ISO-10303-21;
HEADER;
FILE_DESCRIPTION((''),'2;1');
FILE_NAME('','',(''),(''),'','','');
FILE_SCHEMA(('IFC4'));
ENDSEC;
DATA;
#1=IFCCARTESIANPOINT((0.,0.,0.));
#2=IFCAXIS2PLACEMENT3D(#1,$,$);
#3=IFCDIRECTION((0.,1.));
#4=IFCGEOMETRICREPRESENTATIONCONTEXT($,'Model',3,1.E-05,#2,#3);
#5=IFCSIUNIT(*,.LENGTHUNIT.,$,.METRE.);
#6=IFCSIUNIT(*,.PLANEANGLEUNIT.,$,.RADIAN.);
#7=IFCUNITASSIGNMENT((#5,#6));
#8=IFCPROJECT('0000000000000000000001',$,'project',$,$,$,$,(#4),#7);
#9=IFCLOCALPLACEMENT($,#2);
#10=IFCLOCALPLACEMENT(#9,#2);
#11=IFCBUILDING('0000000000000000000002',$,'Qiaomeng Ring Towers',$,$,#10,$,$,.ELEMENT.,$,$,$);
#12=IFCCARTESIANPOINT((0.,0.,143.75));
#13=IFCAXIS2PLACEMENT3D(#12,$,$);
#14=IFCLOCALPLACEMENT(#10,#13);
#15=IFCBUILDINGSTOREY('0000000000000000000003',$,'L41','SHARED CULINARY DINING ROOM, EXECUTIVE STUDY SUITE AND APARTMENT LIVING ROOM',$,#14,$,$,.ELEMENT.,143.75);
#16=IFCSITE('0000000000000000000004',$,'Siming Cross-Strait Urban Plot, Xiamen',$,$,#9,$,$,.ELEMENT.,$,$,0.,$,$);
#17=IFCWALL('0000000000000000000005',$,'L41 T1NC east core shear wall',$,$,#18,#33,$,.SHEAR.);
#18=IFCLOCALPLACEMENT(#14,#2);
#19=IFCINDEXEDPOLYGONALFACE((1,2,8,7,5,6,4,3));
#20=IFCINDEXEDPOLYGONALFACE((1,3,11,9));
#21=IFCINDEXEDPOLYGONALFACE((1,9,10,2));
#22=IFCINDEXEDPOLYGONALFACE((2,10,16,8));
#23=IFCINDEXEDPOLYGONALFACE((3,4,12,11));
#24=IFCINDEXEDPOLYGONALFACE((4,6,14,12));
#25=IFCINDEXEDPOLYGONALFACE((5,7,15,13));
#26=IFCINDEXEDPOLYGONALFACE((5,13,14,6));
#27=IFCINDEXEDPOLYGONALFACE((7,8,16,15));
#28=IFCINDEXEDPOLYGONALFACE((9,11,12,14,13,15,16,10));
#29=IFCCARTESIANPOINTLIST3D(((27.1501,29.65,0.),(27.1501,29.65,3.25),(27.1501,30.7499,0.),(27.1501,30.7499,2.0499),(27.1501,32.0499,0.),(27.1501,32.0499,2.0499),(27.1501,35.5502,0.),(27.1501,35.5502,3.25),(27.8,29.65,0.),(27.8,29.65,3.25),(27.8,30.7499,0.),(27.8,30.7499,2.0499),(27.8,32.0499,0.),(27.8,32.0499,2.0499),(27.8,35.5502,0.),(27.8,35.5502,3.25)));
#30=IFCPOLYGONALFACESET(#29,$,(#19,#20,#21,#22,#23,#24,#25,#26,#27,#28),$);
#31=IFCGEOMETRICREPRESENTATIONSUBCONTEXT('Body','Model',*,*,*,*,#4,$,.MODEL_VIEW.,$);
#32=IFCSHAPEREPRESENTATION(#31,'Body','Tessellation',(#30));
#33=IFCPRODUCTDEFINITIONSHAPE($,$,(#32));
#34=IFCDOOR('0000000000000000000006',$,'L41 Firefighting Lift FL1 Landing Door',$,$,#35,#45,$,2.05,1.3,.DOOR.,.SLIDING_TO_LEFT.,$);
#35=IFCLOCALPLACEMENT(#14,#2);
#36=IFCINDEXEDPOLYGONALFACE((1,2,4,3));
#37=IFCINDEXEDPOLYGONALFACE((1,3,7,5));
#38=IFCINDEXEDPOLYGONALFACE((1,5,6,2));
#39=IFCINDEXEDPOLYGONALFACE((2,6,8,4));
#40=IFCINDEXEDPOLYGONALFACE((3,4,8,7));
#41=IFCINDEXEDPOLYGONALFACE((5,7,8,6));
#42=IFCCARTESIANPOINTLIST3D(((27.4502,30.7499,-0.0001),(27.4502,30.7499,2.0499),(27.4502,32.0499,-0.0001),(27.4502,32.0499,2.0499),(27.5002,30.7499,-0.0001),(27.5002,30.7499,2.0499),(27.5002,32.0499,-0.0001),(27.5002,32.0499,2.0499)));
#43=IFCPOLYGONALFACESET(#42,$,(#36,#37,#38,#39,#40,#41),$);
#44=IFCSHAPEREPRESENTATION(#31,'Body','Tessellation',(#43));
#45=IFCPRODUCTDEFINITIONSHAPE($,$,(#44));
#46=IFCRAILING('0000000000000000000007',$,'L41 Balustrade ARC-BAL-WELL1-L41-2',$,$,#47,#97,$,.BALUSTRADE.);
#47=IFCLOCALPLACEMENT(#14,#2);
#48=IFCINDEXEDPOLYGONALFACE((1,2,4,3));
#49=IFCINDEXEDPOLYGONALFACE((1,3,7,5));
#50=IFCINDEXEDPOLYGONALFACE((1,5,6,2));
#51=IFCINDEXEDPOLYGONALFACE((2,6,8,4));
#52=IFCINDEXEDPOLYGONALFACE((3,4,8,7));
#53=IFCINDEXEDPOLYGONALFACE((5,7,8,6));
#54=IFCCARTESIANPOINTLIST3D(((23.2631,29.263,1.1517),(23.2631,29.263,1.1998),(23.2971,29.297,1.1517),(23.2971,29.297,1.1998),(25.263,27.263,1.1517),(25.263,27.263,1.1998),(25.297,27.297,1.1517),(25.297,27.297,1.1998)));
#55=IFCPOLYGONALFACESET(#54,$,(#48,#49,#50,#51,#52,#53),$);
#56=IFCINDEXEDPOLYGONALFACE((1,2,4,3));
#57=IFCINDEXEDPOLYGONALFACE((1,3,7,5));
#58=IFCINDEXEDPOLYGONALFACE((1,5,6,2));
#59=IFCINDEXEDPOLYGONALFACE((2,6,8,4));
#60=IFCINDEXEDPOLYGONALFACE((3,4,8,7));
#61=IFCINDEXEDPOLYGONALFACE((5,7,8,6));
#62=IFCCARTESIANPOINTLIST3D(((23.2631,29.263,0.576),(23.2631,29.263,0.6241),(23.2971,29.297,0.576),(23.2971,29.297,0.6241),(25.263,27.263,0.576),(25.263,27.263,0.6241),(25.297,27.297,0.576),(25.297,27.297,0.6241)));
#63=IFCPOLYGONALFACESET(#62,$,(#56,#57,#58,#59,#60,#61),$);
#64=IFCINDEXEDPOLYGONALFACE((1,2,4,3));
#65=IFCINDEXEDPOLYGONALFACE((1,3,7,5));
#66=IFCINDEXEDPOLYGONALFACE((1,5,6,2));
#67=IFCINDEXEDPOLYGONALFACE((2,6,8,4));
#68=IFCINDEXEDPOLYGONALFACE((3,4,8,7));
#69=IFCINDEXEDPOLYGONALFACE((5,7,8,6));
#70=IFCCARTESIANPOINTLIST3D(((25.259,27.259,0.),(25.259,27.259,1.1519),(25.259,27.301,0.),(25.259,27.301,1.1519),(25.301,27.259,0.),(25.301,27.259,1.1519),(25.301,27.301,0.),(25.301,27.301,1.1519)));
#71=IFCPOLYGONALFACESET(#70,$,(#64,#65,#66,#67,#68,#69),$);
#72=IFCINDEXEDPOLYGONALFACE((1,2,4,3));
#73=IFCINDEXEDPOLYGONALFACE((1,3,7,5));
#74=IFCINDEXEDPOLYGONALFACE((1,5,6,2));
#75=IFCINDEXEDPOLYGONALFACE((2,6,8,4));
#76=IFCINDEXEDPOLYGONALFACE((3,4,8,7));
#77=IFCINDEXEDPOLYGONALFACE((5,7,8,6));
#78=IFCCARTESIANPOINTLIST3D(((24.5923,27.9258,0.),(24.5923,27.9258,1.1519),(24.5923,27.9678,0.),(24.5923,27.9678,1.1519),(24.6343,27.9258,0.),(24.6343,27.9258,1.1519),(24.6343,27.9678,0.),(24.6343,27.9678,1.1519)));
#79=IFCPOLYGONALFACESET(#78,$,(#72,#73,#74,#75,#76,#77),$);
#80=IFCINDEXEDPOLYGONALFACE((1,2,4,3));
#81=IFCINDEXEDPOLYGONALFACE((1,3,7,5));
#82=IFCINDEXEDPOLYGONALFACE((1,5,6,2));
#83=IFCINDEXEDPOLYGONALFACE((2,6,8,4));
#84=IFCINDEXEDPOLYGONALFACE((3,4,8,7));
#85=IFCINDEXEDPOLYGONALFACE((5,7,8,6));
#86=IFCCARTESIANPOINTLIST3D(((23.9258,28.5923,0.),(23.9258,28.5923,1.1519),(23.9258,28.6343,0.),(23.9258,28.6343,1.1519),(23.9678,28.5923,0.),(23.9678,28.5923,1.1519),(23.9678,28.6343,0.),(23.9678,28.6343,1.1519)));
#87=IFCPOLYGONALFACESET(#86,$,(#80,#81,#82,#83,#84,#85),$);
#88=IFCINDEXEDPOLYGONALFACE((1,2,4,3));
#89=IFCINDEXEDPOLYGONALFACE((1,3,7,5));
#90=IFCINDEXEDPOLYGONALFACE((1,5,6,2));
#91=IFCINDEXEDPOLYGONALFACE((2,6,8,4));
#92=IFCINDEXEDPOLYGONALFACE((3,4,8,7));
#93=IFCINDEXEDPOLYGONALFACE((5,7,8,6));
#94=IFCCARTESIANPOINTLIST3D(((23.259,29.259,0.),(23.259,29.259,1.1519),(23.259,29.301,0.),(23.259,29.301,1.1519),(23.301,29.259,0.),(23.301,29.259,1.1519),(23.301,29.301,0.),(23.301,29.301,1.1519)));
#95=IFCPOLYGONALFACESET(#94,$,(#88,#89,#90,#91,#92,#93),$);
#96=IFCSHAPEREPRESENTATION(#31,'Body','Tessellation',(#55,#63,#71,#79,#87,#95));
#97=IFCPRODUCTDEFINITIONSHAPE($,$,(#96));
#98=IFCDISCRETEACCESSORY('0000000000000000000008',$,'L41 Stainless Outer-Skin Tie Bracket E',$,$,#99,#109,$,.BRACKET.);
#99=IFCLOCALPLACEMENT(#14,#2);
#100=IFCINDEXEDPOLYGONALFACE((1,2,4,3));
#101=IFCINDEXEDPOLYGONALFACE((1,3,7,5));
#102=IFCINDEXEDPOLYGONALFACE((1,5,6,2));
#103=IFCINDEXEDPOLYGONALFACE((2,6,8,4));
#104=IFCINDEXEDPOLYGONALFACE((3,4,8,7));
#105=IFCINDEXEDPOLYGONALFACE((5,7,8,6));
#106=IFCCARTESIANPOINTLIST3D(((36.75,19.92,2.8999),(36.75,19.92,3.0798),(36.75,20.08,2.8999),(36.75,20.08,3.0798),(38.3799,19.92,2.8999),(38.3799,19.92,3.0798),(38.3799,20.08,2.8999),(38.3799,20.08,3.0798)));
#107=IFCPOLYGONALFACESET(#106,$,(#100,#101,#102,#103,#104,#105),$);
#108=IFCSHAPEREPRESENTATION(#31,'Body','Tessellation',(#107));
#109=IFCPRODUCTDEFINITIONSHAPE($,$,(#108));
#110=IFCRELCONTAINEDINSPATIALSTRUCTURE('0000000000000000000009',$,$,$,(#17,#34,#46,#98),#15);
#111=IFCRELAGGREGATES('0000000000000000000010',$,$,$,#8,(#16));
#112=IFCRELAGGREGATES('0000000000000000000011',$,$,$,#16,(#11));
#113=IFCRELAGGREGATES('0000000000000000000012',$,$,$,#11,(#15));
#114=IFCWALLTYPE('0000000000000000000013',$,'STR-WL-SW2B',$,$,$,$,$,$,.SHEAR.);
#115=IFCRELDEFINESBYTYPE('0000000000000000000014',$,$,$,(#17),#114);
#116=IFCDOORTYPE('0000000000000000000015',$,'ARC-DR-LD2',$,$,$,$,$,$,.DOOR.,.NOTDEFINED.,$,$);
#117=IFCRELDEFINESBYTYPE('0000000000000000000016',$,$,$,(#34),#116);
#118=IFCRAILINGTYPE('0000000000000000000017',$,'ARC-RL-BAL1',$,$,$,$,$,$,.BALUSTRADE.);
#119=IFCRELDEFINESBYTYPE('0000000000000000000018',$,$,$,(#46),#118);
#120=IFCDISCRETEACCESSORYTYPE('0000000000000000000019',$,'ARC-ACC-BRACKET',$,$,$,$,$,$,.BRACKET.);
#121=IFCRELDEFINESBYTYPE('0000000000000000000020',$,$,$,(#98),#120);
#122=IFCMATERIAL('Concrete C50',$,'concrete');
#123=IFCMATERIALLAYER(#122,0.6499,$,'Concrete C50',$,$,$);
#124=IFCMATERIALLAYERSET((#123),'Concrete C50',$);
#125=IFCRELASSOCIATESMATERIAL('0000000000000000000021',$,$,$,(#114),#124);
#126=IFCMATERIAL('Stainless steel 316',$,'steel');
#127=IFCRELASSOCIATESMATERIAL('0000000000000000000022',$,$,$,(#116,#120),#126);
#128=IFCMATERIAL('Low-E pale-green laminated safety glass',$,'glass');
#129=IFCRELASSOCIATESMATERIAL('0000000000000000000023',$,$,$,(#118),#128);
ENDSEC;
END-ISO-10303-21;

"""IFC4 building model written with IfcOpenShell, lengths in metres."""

from ifc_helpers import new_model, si_unit, direction, frame, frame_2d, origin, origin_2d, place, context, subcontext, project, spatial, rectangle, extrude, source, transform, mapped, material, layer, layer_set, type_object, element, fill, save


model = new_model("IFC4")

# Units and contexts
model_context = context("Model", 3, precision=1e-05, world=origin(), true_north=direction((0.0, 1.0)))
body_context = subcontext(model_context, "Body", "Model", "MODEL_VIEW")
ifc_project = project(units=[si_unit("LENGTHUNIT", "METRE"), si_unit("PLANEANGLEUNIT", "RADIAN")], contexts=[model_context])

# Site, building, storey
site_placement = place(None, origin())
site = spatial("IfcSite", under=ifc_project, at=site_placement, Name="Siming Cross-Strait Urban Plot, Xiamen", CompositionType="ELEMENT", RefElevation=0.0)
building_placement = place(site_placement, origin())
building = spatial("IfcBuilding", under=site, at=building_placement, Name="Qiaomeng Ring Towers", CompositionType="ELEMENT")
storey_placement = place(building_placement, frame((0.0, 0.0, 143.75)))
storey = spatial("IfcBuildingStorey", under=building, at=storey_placement, Name="L41", Description="SHARED CULINARY DINING ROOM, EXECUTIVE STUDY SUITE AND APARTMENT LIVING ROOM", CompositionType="ELEMENT", Elevation=143.75)

# Shared definitions
ifc_material_1 = material(Name="Concrete C50", Category="concrete")

# Wall, opening, door
ifc_layer_1 = layer(ifc_material_1, 0.6499, Name="Concrete C50")
ifc_layer_set_1 = layer_set([ifc_layer_1], Name="Concrete C50")
wall_type_1 = type_object("IfcWallType", Name="STR-WL-SW2B", PredefinedType="SHEAR", material=ifc_layer_set_1)
wall_1_placement = place(storey_placement, frame((27.4751, 29.6499, 0.0), z_axis=(0.0, 0.0, 1.0), x_axis=(0.0, 1.0, 0.0)))
wall_1 = element("IfcWall", 1, at=wall_1_placement, inside=storey, type_object=wall_type_1, Name="L41 T1NC east core shear wall", PredefinedType="SHEAR", context=body_context, shape_type="SweptSolid", body=[
    extrude(rectangle(XDim=5.9001, YDim=0.6499, at=frame_2d((2.9502, 0.0))), origin(), (0.0, 0.0, 1.0), 3.25),
])
opening_1_placement = place(wall_1_placement, frame((1.1001, 0.0, 0.0)))
opening_1 = element("IfcOpeningElement", 2, at=opening_1_placement, cuts=wall_1, PredefinedType="OPENING", context=body_context, shape_type="SweptSolid", body=[
    extrude(rectangle(XDim=1.3, YDim=2.05, at=frame_2d((0.6499, 1.0249))), frame((0.0, 0.335, 0.0), z_axis=(0.0, -1.0, 0.0), x_axis=(1.0, 0.0, 0.0)), (0.0, 0.0, 1.0), 0.6699),
])
ifc_material_2 = material(Name="Stainless steel 316", Category="steel")
door_type_1 = type_object("IfcDoorType", Name="ARC-DR-LD2", OperationType="NOTDEFINED", PredefinedType="DOOR", material=ifc_material_2)
shared_shape_1 = source(origin(), body_context, "Body", "SweptSolid", [
    extrude(rectangle(XDim=1.3, YDim=2.05, at=frame_2d((0.6499, 1.0249))), frame((0.0, 0.0249, 0.0), z_axis=(0.0, -1.0, 0.0), x_axis=(1.0, 0.0, 0.0)), (0.0, 0.0, 1.0), 0.05),
])
door_1_placement = place(opening_1_placement, origin())
door_1 = element("IfcDoor", 3, at=door_1_placement, inside=storey, type_object=door_type_1, Name="L41 Firefighting Lift FL1 Landing Door", OperationType="SLIDING_TO_LEFT", OverallHeight=2.05, OverallWidth=1.3, PredefinedType="DOOR", context=body_context, shape_type="MappedRepresentation", body=[
    mapped(shared_shape_1, transform((0.0, 0.0, 0.0), x_axis=(1.0, 0.0, 0.0), y_axis=(0.0, 1.0, 0.0), z_axis=(0.0, 0.0, 1.0), scale=1.0)),
])
fill(opening_1, door_1)

# Railing
ifc_material_3 = material(Name="Low-E pale-green laminated safety glass", Category="glass")
railing_type = type_object("IfcRailingType", Name="ARC-RL-BAL1", PredefinedType="BALUSTRADE", material=ifc_material_3)
railing_placement = place(storey_placement, frame((25.28, 27.28, 0.0)))
element("IfcRailing", 4, at=railing_placement, inside=storey, type_object=railing_type, Name="L41 Balustrade ARC-BAL-WELL1-L41-2", PredefinedType="BALUSTRADE", context=body_context, shape_type="SweptSolid", body=[
    extrude(rectangle(XDim=0.0481, YDim=0.0481, at=origin_2d()), frame((0.0, 0.0, 1.1758), z_axis=(-0.707107, 0.707107, 0.0), x_axis=(-0.707107, -0.707107, 0.0)), (0.0, 0.0, 1.0), 2.8284),
    extrude(rectangle(XDim=0.0481, YDim=0.0481, at=origin_2d()), frame((0.0, 0.0, 0.6001), z_axis=(-0.707107, 0.707107, 0.0), x_axis=(-0.707107, -0.707107, 0.0)), (0.0, 0.0, 1.0), 2.8284),
    extrude(rectangle(XDim=0.042, YDim=0.042, at=origin_2d()), origin(), (0.0, 0.0, 1.0), 1.1519),
    extrude(rectangle(XDim=0.042, YDim=0.042, at=origin_2d()), frame((-0.6667, 0.6667, 0.0)), (0.0, 0.0, 1.0), 1.1519),
    extrude(rectangle(XDim=0.042, YDim=0.042, at=origin_2d()), frame((-1.3333, 1.3333, 0.0)), (0.0, 0.0, 1.0), 1.1519),
    extrude(rectangle(XDim=0.042, YDim=0.042, at=origin_2d()), frame((-2.0, 2.0, 0.0)), (0.0, 0.0, 1.0), 1.1519),
])

# Discrete accessory
discrete_accessory_type = type_object("IfcDiscreteAccessoryType", Name="ARC-ACC-BRACKET", PredefinedType="BRACKET", material=ifc_material_2)
shared_shape_2 = source(origin(), body_context, "Body", "SweptSolid", [
    extrude(rectangle(XDim=1.6299, YDim=0.1599, at=origin_2d()), origin(), (0.0, 0.0, 1.0), 0.1799),
])
discrete_accessory_placement = place(storey_placement, frame((37.5649, 20.0, 2.8999), z_axis=(0.0, 0.0, 1.0), x_axis=(1.0, 0.0, 0.0)))
element("IfcDiscreteAccessory", 5, at=discrete_accessory_placement, inside=storey, type_object=discrete_accessory_type, Name="L41 Stainless Outer-Skin Tie Bracket E", PredefinedType="BRACKET", context=body_context, shape_type="MappedRepresentation", body=[
    mapped(shared_shape_2, transform((0.0, 0.0, 0.0), x_axis=(1.0, 0.0, 0.0), y_axis=(0.0, 1.0, 0.0), z_axis=(0.0, 0.0, 1.0), scale=1.0)),
])

save(model, "model.ifc")
